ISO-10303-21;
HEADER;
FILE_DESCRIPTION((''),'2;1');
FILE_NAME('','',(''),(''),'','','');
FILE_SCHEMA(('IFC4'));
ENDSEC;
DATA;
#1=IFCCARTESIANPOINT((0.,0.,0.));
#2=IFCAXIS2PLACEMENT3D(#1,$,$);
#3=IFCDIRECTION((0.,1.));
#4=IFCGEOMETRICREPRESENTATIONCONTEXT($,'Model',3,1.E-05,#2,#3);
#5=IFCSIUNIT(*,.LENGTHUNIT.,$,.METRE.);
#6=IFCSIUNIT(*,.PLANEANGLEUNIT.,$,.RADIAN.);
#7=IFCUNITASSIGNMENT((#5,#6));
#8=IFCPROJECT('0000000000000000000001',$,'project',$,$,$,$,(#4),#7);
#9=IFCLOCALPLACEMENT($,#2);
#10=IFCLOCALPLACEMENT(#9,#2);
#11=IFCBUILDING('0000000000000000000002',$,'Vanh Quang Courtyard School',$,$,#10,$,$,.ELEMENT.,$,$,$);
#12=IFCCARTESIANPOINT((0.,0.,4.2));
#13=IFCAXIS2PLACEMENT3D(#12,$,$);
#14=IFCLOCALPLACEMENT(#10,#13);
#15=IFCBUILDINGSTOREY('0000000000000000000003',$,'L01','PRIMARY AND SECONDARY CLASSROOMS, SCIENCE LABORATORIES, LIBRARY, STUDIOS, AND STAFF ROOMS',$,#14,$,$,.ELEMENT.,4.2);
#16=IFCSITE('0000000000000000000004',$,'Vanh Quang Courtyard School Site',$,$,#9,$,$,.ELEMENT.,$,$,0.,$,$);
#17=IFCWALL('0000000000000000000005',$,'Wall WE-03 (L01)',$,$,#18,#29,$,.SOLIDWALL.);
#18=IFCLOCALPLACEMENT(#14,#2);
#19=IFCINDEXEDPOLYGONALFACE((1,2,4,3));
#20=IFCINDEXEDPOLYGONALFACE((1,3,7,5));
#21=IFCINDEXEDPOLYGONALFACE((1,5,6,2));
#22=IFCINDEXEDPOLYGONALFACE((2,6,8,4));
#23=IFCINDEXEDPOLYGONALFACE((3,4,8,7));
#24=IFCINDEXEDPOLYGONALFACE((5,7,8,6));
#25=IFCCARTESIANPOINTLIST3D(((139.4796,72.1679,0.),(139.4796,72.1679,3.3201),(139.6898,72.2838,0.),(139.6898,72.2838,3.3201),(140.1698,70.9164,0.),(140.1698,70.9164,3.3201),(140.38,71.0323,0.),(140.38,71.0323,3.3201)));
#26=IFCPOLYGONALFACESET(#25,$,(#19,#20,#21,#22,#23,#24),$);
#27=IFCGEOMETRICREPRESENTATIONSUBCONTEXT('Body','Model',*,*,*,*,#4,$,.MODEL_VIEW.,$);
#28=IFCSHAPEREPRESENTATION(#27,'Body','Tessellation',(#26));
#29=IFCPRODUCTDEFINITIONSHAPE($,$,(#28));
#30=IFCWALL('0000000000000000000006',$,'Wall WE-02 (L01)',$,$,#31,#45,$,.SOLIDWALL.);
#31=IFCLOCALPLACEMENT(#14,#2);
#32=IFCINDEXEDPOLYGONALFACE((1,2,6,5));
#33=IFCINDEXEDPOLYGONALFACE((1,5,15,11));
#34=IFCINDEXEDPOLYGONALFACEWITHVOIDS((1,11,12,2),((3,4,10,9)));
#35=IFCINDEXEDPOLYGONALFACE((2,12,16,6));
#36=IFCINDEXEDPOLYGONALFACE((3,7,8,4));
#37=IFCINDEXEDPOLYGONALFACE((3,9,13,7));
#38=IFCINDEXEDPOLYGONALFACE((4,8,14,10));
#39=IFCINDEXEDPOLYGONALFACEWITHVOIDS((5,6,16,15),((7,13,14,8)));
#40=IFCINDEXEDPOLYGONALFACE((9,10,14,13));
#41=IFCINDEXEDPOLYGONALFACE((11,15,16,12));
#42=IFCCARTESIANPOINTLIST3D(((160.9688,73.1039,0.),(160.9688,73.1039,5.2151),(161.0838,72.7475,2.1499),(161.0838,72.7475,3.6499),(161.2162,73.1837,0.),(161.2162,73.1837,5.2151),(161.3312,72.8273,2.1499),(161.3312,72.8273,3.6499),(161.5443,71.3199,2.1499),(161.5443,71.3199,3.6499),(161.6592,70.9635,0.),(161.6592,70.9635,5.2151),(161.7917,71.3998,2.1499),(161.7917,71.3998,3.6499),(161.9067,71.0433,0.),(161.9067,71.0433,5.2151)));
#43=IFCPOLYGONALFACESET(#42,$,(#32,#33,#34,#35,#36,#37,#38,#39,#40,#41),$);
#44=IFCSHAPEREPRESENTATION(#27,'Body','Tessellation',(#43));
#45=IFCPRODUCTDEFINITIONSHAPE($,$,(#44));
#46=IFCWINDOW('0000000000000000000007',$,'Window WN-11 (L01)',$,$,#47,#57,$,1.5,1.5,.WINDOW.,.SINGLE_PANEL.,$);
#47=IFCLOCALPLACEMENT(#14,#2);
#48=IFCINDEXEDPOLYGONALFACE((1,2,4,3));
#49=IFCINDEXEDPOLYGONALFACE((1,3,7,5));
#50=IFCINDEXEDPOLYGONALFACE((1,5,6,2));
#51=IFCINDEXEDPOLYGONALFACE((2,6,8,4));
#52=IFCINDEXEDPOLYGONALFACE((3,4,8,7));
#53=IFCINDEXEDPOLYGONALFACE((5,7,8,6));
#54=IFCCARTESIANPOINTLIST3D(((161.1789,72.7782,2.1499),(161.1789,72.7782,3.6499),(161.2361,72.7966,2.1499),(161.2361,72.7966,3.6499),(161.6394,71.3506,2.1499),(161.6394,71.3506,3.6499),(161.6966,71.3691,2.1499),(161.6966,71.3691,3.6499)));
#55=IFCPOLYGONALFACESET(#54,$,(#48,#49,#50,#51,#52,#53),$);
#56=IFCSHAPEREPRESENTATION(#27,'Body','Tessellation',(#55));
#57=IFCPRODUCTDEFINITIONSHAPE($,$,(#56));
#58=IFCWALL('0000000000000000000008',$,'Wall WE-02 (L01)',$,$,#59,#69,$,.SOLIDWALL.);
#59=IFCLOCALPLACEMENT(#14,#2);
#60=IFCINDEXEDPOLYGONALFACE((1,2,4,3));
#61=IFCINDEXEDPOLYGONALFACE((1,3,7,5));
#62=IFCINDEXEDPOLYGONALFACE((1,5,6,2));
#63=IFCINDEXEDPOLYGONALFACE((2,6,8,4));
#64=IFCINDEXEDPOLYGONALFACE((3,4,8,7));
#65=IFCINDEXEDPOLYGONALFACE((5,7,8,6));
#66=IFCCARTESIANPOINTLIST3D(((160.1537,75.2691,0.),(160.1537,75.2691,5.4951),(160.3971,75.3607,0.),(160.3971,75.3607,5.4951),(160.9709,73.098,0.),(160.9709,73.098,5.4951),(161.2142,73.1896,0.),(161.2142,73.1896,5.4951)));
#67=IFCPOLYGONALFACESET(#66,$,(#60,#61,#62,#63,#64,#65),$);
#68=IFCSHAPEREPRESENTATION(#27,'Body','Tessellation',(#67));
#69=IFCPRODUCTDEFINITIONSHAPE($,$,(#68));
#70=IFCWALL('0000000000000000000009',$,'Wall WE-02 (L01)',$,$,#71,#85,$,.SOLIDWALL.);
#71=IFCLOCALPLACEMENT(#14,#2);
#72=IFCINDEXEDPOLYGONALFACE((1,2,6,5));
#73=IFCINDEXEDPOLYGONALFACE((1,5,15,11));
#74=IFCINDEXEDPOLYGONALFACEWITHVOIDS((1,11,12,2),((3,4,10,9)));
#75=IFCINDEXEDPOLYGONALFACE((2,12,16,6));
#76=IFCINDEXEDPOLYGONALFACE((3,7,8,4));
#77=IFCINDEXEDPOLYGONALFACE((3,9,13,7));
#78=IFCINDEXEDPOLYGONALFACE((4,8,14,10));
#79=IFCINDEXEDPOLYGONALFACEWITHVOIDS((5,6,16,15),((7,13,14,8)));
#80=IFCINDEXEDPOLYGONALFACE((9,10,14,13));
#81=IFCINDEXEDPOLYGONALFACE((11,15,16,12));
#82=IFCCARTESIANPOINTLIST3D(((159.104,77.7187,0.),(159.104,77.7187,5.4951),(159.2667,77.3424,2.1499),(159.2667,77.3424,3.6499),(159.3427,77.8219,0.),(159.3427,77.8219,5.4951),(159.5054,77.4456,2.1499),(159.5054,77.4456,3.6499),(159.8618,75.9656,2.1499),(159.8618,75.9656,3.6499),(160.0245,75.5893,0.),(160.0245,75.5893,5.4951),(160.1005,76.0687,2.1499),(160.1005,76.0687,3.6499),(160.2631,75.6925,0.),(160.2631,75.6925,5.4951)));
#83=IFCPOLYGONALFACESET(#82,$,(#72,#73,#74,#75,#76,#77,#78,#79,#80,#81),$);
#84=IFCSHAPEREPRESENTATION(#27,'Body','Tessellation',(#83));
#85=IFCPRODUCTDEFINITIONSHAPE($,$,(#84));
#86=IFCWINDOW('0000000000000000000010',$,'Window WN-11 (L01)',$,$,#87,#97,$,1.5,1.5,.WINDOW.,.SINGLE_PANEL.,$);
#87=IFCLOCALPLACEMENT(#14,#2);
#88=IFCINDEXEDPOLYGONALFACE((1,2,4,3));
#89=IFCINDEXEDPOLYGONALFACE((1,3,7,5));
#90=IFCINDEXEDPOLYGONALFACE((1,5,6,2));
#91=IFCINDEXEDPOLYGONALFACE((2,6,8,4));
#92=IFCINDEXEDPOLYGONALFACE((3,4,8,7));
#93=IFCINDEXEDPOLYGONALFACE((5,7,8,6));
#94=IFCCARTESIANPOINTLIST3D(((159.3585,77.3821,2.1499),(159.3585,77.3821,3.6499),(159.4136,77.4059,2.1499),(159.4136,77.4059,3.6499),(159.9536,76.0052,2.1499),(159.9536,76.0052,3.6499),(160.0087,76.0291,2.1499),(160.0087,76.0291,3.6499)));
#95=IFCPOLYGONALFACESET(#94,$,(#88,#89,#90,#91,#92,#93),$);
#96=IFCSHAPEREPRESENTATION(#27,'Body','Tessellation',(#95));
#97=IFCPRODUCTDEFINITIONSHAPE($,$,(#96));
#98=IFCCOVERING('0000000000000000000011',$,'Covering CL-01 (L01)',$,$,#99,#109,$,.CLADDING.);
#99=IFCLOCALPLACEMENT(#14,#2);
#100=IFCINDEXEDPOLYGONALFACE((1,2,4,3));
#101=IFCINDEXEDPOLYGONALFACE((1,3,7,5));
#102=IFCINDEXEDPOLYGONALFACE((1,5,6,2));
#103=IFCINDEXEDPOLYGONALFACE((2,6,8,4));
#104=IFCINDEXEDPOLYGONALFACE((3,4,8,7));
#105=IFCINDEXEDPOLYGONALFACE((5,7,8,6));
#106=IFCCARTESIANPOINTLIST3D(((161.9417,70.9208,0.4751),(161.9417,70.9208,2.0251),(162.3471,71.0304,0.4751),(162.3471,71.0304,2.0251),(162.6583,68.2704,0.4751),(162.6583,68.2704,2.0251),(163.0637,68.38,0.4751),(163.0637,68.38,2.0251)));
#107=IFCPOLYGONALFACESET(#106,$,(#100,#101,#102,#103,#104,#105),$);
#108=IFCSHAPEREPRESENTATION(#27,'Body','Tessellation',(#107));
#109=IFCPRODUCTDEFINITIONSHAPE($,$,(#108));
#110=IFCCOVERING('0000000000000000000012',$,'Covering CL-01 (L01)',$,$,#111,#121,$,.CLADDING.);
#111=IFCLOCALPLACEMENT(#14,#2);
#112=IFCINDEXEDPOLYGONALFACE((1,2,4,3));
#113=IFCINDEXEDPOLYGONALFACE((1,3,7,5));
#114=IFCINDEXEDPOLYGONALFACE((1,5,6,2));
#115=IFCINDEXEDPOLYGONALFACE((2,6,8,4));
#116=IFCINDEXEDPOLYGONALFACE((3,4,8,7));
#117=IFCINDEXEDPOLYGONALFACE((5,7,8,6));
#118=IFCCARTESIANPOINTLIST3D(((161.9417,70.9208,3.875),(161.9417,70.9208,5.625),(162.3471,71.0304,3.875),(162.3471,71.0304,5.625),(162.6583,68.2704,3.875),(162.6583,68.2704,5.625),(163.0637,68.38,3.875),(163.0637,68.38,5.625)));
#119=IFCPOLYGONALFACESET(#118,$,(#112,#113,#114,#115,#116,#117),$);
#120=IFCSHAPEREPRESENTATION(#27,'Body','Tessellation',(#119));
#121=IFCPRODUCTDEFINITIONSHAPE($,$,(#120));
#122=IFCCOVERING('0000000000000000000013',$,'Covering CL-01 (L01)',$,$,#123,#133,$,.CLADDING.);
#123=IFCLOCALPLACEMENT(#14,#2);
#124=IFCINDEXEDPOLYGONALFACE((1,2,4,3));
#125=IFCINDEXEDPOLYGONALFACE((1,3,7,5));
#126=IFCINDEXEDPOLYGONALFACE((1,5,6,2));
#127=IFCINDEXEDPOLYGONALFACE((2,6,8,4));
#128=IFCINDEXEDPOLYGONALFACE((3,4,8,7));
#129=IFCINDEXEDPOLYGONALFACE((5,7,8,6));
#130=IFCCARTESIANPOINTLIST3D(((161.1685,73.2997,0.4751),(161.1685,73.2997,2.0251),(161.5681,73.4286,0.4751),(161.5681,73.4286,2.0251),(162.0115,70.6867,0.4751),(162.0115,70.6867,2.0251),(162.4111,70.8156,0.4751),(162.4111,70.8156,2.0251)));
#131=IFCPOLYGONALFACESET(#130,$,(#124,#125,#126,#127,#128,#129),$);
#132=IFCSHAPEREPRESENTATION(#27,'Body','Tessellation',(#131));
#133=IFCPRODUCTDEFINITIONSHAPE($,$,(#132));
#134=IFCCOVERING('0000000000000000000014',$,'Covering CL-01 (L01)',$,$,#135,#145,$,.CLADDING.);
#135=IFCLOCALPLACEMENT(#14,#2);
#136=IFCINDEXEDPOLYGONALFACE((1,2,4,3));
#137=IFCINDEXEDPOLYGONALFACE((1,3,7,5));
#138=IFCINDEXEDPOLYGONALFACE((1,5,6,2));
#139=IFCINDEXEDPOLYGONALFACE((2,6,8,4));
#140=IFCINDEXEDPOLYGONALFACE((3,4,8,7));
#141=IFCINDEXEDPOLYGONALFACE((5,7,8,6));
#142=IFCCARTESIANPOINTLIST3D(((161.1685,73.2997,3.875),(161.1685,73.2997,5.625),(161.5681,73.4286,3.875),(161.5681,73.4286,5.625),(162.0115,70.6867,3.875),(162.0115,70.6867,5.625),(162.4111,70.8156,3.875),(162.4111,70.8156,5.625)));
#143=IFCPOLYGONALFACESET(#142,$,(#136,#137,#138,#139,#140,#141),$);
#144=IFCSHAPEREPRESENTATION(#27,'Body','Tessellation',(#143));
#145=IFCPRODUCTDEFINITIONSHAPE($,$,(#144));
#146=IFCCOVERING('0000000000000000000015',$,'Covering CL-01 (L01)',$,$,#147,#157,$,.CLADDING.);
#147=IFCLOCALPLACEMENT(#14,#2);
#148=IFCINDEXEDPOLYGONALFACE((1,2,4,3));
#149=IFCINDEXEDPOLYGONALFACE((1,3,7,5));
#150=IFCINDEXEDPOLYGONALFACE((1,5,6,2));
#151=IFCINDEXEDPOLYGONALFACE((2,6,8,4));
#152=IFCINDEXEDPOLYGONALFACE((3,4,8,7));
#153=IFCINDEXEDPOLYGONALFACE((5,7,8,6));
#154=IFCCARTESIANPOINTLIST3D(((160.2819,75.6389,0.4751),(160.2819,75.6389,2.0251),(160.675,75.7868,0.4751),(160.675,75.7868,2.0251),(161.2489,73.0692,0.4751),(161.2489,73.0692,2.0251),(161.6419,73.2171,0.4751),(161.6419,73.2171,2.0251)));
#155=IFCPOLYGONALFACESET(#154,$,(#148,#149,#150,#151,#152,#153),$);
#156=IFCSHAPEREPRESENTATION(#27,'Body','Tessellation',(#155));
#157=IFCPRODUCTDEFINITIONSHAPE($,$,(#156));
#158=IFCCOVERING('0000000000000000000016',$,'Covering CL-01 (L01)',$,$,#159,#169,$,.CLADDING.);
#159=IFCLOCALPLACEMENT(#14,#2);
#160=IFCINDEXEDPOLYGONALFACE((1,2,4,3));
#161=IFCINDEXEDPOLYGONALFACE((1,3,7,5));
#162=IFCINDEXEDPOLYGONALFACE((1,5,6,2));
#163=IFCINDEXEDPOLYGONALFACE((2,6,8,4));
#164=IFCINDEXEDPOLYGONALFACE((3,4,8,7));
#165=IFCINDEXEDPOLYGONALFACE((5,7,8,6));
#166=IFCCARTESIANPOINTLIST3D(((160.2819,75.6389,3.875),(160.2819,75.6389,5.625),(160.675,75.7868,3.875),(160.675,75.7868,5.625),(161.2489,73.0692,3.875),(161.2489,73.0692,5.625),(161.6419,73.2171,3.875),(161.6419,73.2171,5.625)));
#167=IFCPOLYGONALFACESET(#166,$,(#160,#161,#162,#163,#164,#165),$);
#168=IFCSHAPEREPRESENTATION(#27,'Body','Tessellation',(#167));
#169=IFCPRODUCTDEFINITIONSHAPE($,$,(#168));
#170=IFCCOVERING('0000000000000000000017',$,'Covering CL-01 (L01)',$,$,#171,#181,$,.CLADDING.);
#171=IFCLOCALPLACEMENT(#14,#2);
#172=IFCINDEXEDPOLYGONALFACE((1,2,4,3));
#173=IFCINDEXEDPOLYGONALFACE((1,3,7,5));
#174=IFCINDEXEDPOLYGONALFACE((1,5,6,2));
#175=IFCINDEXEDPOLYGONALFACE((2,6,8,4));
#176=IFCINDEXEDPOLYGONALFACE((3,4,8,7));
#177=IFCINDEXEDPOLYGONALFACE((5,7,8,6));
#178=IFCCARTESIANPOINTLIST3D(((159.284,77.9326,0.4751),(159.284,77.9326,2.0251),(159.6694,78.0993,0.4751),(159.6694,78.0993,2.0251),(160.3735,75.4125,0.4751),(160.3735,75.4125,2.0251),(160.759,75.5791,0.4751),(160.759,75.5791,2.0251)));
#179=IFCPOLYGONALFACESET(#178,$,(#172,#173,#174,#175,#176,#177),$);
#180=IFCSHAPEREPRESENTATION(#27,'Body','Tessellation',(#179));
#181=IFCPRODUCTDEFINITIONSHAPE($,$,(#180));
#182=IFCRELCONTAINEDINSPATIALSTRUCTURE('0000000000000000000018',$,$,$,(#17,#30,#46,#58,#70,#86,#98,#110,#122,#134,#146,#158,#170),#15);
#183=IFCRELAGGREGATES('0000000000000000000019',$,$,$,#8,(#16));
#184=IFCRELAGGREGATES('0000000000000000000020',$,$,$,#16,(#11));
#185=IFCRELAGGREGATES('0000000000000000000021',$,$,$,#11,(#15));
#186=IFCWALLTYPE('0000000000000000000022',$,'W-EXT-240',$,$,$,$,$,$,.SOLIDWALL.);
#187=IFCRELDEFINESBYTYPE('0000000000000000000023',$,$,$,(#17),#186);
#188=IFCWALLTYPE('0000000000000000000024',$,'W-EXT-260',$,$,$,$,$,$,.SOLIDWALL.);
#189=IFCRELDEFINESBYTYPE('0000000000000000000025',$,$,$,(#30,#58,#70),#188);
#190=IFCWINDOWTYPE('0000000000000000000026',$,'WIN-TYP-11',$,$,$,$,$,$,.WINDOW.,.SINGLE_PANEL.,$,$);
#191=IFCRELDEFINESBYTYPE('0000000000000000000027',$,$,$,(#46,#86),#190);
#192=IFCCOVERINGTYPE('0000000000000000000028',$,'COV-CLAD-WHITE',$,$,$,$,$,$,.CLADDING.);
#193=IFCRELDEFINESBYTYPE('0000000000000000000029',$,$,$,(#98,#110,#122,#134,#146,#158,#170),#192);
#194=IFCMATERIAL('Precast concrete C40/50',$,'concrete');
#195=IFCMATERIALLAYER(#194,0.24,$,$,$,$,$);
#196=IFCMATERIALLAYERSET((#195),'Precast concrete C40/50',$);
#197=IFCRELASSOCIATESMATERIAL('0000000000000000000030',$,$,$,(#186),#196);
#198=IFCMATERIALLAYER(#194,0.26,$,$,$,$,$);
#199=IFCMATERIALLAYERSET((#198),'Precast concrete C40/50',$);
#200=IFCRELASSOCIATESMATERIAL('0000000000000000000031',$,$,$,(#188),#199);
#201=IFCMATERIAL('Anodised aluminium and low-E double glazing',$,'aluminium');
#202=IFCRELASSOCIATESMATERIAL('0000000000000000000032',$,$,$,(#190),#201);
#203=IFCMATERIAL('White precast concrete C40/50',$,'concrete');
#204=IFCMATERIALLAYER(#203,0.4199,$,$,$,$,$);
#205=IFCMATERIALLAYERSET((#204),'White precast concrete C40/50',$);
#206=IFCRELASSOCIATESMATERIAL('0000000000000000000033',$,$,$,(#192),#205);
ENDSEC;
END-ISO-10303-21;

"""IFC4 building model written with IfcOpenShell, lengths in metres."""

from ifc_helpers import new_model, si_unit, direction, frame, frame_2d, origin, origin_2d, place, context, subcontext, project, spatial, rectangle, extrude, material, layer, layer_set, type_object, element, fill, save


model = new_model("IFC4")

# Units and contexts
model_context = context("Model", 3, precision=1e-05, world=origin(), true_north=direction((0.0, 1.0)))
body_context = subcontext(model_context, "Body", "Model", "MODEL_VIEW")
ifc_project = project(units=[si_unit("LENGTHUNIT", "METRE"), si_unit("PLANEANGLEUNIT", "RADIAN")], contexts=[model_context])

# Site, building, storey
site_placement = place(None, origin())
site = spatial("IfcSite", under=ifc_project, at=site_placement, Name="Vanh Quang Courtyard School Site", CompositionType="ELEMENT", RefElevation=0.0)
building_placement = place(site_placement, origin())
building = spatial("IfcBuilding", under=site, at=building_placement, Name="Vanh Quang Courtyard School", CompositionType="ELEMENT")
storey_placement = place(building_placement, frame((0.0, 0.0, 4.2)))
storey = spatial("IfcBuildingStorey", under=building, at=storey_placement, Name="L01", Description="PRIMARY AND SECONDARY CLASSROOMS, SCIENCE LABORATORIES, LIBRARY, STUDIOS, AND STAFF ROOMS", CompositionType="ELEMENT", Elevation=4.2)

# Wall
ifc_material_1 = material(Name="Precast concrete C40/50", Category="concrete")
ifc_layer_1 = layer(ifc_material_1, 0.24)
ifc_layer_set_1 = layer_set([ifc_layer_1], Name="Precast concrete C40/50")
wall_type_1 = type_object("IfcWallType", Name="W-EXT-240", PredefinedType="SOLIDWALL", material=ifc_layer_set_1)
for number, where, z_axis, x_axis, name in (
    (1, (140.2749, 70.9744, 0.0), (0.0, 0.0, 1.0), (-0.482928, 0.87566, 0.0), "Wall WE-03 (L01)"),
):
    element("IfcWall", number, at=place(storey_placement, frame(where, z_axis=z_axis, x_axis=x_axis)), inside=storey, type_object=wall_type_1, Name=name, PredefinedType="SOLIDWALL", context=body_context, shape_type="SweptSolid", body=[
        extrude(rectangle(XDim=1.4292, YDim=0.24, at=frame_2d((0.7146, 0.0))), origin(), (0.0, 0.0, 1.0), 3.3201),
    ])

# Wall, opening, window
ifc_layer_2 = layer(ifc_material_1, 0.26)
ifc_layer_set_2 = layer_set([ifc_layer_2], Name="Precast concrete C40/50")
wall_type_2 = type_object("IfcWallType", Name="W-EXT-260", PredefinedType="SOLIDWALL", material=ifc_layer_set_2)
wall_1_placement = place(storey_placement, frame((161.783, 71.0034, 0.0), z_axis=(0.0, 0.0, 1.0), x_axis=(-0.306996, 0.951711, 0.0)))
wall_1 = element("IfcWall", 2, at=wall_1_placement, inside=storey, type_object=wall_type_2, Name="Wall WE-02 (L01)", PredefinedType="SOLIDWALL", context=body_context, shape_type="SweptSolid", body=[
    extrude(rectangle(XDim=2.249, YDim=0.26, at=frame_2d((1.1245, 0.0))), origin(), (0.0, 0.0, 1.0), 5.2151),
])
opening_1_placement = place(wall_1_placement, frame((0.3745, 0.0, 2.1499)))
opening_1 = element("IfcOpeningElement", 3, at=opening_1_placement, cuts=wall_1, PredefinedType="OPENING", context=body_context, shape_type="SweptSolid", body=[
    extrude(rectangle(XDim=1.5, YDim=1.5, at=frame_2d((0.75, 0.75))), frame((0.0, 0.1401, 0.0), z_axis=(0.0, -1.0, 0.0), x_axis=(1.0, 0.0, 0.0)), (0.0, 0.0, 1.0), 0.28),
])
ifc_material_2 = material(Name="Anodised aluminium and low-E double glazing", Category="aluminium")
window_type = type_object("IfcWindowType", Name="WIN-TYP-11", PartitioningType="SINGLE_PANEL", PredefinedType="WINDOW", material=ifc_material_2)
window_1_placement = place(opening_1_placement, origin())
window_1 = element("IfcWindow", 4, at=window_1_placement, inside=storey, type_object=window_type, Name="Window WN-11 (L01)", OverallHeight=1.5, OverallWidth=1.5, PartitioningType="SINGLE_PANEL", PredefinedType="WINDOW", context=body_context, shape_type="SweptSolid", body=[
    extrude(rectangle(XDim=1.5, YDim=1.5, at=frame_2d((0.75, 0.75))), frame((0.0, 0.03, 0.0), z_axis=(0.0, -1.0, 0.0), x_axis=(1.0, 0.0, 0.0)), (0.0, 0.0, 1.0), 0.0601),
])
fill(opening_1, window_1)

# Wall
wall_2_placement = place(storey_placement, frame((161.0925, 73.1438, 0.0), z_axis=(0.0, 0.0, 1.0), x_axis=(-0.352242, 0.935909, 0.0)))
element("IfcWall", 5, at=wall_2_placement, inside=storey, type_object=wall_type_2, Name="Wall WE-02 (L01)", PredefinedType="SOLIDWALL", context=body_context, shape_type="SweptSolid", body=[
    extrude(rectangle(XDim=2.3198, YDim=0.26, at=frame_2d((1.1599, 0.0))), origin(), (0.0, 0.0, 1.0), 5.4951),
])

# Wall, opening, window
wall_3_placement = place(storey_placement, frame((160.1438, 75.6409, 0.0), z_axis=(0.0, 0.0, 1.0), x_axis=(-0.396763, 0.917921, 0.0)))
wall_3 = element("IfcWall", 6, at=wall_3_placement, inside=storey, type_object=wall_type_2, Name="Wall WE-02 (L01)", PredefinedType="SOLIDWALL", context=body_context, shape_type="SweptSolid", body=[
    extrude(rectangle(XDim=2.3198, YDim=0.26, at=frame_2d((1.1599, 0.0))), origin(), (0.0, 0.0, 1.0), 5.4951),
])
opening_2_placement = place(wall_3_placement, frame((0.4099, 0.0, 2.1499)))
opening_2 = element("IfcOpeningElement", 7, at=opening_2_placement, cuts=wall_3, PredefinedType="OPENING", context=body_context, shape_type="SweptSolid", body=[
    extrude(rectangle(XDim=1.5, YDim=1.5, at=frame_2d((0.75, 0.75))), frame((0.0, 0.1401, 0.0), z_axis=(0.0, -1.0, 0.0), x_axis=(1.0, 0.0, 0.0)), (0.0, 0.0, 1.0), 0.28),
])
window_2_placement = place(opening_2_placement, origin())
window_2 = element("IfcWindow", 8, at=window_2_placement, inside=storey, type_object=window_type, Name="Window WN-11 (L01)", OverallHeight=1.5, OverallWidth=1.5, PartitioningType="SINGLE_PANEL", PredefinedType="WINDOW", context=body_context, shape_type="SweptSolid", body=[
    extrude(rectangle(XDim=1.5, YDim=1.5, at=frame_2d((0.75, 0.75))), frame((0.0, 0.03, 0.0), z_axis=(0.0, -1.0, 0.0), x_axis=(1.0, 0.0, 0.0)), (0.0, 0.0, 1.0), 0.0601),
])
fill(opening_2, window_2)

# Coverings
ifc_material_3 = material(Name="White precast concrete C40/50", Category="concrete")
ifc_layer_3 = layer(ifc_material_3, 0.4199)
ifc_layer_set_3 = layer_set([ifc_layer_3], Name="White precast concrete C40/50")
covering_type = type_object("IfcCoveringType", Name="COV-CLAD-WHITE", PredefinedType="CLADDING", material=ifc_layer_set_3)
covering_1_placement = place(storey_placement, frame((162.5027, 69.6504, 0.4751), z_axis=(0.0, 0.0, 1.0), x_axis=(-0.26101, 0.965336, 0.0)))
element("IfcCovering", 9, at=covering_1_placement, inside=storey, type_object=covering_type, Name="Covering CL-01 (L01)", PredefinedType="CLADDING", context=body_context, shape_type="SweptSolid", body=[
    extrude(rectangle(XDim=2.7456, YDim=0.4199, at=origin_2d()), origin(), (0.0, 0.0, 1.0), 1.55),
])
covering_2_placement = place(storey_placement, frame((162.5027, 69.6504, 3.875), z_axis=(0.0, 0.0, 1.0), x_axis=(-0.26101, 0.965336, 0.0)))
element("IfcCovering", 10, at=covering_2_placement, inside=storey, type_object=covering_type, Name="Covering CL-01 (L01)", PredefinedType="CLADDING", context=body_context, shape_type="SweptSolid", body=[
    extrude(rectangle(XDim=2.7456, YDim=0.4199, at=origin_2d()), origin(), (0.0, 0.0, 1.0), 1.75),
])
covering_3_placement = place(storey_placement, frame((161.7898, 72.0576, 0.4751), z_axis=(0.0, 0.0, 1.0), x_axis=(-0.307024, 0.951702, 0.0)))
element("IfcCovering", 11, at=covering_3_placement, inside=storey, type_object=covering_type, Name="Covering CL-01 (L01)", PredefinedType="CLADDING", context=body_context, shape_type="SweptSolid", body=[
    extrude(rectangle(XDim=2.7456, YDim=0.4199, at=origin_2d()), origin(), (0.0, 0.0, 1.0), 1.55),
])
covering_4_placement = place(storey_placement, frame((161.7898, 72.0576, 3.875), z_axis=(0.0, 0.0, 1.0), x_axis=(-0.307024, 0.951702, 0.0)))
element("IfcCovering", 12, at=covering_4_placement, inside=storey, type_object=covering_type, Name="Covering CL-01 (L01)", PredefinedType="CLADDING", context=body_context, shape_type="SweptSolid", body=[
    extrude(rectangle(XDim=2.7456, YDim=0.4199, at=origin_2d()), origin(), (0.0, 0.0, 1.0), 1.75),
])
covering_5_placement = place(storey_placement, frame((160.9619, 74.428, 0.4751), z_axis=(0.0, 0.0, 1.0), x_axis=(-0.352168, 0.935937, 0.0)))
element("IfcCovering", 13, at=covering_5_placement, inside=storey, type_object=covering_type, Name="Covering CL-01 (L01)", PredefinedType="CLADDING", context=body_context, shape_type="SweptSolid", body=[
    extrude(rectangle(XDim=2.7456, YDim=0.4199, at=origin_2d()), origin(), (0.0, 0.0, 1.0), 1.55),
])
covering_6_placement = place(storey_placement, frame((160.9619, 74.428, 3.875), z_axis=(0.0, 0.0, 1.0), x_axis=(-0.352168, 0.935937, 0.0)))
element("IfcCovering", 14, at=covering_6_placement, inside=storey, type_object=covering_type, Name="Covering CL-01 (L01)", PredefinedType="CLADDING", context=body_context, shape_type="SweptSolid", body=[
    extrude(rectangle(XDim=2.7456, YDim=0.4199, at=origin_2d()), origin(), (0.0, 0.0, 1.0), 1.75),
])
covering_7_placement = place(storey_placement, frame((160.0215, 76.7559, 0.4751), z_axis=(0.0, 0.0, 1.0), x_axis=(-0.396828, 0.917893, 0.0)))
element("IfcCovering", 15, at=covering_7_placement, inside=storey, type_object=covering_type, Name="Covering CL-01 (L01)", PredefinedType="CLADDING", context=body_context, shape_type="SweptSolid", body=[
    extrude(rectangle(XDim=2.7456, YDim=0.4199, at=origin_2d()), origin(), (0.0, 0.0, 1.0), 1.55),
])

save(model, "model.ifc")
